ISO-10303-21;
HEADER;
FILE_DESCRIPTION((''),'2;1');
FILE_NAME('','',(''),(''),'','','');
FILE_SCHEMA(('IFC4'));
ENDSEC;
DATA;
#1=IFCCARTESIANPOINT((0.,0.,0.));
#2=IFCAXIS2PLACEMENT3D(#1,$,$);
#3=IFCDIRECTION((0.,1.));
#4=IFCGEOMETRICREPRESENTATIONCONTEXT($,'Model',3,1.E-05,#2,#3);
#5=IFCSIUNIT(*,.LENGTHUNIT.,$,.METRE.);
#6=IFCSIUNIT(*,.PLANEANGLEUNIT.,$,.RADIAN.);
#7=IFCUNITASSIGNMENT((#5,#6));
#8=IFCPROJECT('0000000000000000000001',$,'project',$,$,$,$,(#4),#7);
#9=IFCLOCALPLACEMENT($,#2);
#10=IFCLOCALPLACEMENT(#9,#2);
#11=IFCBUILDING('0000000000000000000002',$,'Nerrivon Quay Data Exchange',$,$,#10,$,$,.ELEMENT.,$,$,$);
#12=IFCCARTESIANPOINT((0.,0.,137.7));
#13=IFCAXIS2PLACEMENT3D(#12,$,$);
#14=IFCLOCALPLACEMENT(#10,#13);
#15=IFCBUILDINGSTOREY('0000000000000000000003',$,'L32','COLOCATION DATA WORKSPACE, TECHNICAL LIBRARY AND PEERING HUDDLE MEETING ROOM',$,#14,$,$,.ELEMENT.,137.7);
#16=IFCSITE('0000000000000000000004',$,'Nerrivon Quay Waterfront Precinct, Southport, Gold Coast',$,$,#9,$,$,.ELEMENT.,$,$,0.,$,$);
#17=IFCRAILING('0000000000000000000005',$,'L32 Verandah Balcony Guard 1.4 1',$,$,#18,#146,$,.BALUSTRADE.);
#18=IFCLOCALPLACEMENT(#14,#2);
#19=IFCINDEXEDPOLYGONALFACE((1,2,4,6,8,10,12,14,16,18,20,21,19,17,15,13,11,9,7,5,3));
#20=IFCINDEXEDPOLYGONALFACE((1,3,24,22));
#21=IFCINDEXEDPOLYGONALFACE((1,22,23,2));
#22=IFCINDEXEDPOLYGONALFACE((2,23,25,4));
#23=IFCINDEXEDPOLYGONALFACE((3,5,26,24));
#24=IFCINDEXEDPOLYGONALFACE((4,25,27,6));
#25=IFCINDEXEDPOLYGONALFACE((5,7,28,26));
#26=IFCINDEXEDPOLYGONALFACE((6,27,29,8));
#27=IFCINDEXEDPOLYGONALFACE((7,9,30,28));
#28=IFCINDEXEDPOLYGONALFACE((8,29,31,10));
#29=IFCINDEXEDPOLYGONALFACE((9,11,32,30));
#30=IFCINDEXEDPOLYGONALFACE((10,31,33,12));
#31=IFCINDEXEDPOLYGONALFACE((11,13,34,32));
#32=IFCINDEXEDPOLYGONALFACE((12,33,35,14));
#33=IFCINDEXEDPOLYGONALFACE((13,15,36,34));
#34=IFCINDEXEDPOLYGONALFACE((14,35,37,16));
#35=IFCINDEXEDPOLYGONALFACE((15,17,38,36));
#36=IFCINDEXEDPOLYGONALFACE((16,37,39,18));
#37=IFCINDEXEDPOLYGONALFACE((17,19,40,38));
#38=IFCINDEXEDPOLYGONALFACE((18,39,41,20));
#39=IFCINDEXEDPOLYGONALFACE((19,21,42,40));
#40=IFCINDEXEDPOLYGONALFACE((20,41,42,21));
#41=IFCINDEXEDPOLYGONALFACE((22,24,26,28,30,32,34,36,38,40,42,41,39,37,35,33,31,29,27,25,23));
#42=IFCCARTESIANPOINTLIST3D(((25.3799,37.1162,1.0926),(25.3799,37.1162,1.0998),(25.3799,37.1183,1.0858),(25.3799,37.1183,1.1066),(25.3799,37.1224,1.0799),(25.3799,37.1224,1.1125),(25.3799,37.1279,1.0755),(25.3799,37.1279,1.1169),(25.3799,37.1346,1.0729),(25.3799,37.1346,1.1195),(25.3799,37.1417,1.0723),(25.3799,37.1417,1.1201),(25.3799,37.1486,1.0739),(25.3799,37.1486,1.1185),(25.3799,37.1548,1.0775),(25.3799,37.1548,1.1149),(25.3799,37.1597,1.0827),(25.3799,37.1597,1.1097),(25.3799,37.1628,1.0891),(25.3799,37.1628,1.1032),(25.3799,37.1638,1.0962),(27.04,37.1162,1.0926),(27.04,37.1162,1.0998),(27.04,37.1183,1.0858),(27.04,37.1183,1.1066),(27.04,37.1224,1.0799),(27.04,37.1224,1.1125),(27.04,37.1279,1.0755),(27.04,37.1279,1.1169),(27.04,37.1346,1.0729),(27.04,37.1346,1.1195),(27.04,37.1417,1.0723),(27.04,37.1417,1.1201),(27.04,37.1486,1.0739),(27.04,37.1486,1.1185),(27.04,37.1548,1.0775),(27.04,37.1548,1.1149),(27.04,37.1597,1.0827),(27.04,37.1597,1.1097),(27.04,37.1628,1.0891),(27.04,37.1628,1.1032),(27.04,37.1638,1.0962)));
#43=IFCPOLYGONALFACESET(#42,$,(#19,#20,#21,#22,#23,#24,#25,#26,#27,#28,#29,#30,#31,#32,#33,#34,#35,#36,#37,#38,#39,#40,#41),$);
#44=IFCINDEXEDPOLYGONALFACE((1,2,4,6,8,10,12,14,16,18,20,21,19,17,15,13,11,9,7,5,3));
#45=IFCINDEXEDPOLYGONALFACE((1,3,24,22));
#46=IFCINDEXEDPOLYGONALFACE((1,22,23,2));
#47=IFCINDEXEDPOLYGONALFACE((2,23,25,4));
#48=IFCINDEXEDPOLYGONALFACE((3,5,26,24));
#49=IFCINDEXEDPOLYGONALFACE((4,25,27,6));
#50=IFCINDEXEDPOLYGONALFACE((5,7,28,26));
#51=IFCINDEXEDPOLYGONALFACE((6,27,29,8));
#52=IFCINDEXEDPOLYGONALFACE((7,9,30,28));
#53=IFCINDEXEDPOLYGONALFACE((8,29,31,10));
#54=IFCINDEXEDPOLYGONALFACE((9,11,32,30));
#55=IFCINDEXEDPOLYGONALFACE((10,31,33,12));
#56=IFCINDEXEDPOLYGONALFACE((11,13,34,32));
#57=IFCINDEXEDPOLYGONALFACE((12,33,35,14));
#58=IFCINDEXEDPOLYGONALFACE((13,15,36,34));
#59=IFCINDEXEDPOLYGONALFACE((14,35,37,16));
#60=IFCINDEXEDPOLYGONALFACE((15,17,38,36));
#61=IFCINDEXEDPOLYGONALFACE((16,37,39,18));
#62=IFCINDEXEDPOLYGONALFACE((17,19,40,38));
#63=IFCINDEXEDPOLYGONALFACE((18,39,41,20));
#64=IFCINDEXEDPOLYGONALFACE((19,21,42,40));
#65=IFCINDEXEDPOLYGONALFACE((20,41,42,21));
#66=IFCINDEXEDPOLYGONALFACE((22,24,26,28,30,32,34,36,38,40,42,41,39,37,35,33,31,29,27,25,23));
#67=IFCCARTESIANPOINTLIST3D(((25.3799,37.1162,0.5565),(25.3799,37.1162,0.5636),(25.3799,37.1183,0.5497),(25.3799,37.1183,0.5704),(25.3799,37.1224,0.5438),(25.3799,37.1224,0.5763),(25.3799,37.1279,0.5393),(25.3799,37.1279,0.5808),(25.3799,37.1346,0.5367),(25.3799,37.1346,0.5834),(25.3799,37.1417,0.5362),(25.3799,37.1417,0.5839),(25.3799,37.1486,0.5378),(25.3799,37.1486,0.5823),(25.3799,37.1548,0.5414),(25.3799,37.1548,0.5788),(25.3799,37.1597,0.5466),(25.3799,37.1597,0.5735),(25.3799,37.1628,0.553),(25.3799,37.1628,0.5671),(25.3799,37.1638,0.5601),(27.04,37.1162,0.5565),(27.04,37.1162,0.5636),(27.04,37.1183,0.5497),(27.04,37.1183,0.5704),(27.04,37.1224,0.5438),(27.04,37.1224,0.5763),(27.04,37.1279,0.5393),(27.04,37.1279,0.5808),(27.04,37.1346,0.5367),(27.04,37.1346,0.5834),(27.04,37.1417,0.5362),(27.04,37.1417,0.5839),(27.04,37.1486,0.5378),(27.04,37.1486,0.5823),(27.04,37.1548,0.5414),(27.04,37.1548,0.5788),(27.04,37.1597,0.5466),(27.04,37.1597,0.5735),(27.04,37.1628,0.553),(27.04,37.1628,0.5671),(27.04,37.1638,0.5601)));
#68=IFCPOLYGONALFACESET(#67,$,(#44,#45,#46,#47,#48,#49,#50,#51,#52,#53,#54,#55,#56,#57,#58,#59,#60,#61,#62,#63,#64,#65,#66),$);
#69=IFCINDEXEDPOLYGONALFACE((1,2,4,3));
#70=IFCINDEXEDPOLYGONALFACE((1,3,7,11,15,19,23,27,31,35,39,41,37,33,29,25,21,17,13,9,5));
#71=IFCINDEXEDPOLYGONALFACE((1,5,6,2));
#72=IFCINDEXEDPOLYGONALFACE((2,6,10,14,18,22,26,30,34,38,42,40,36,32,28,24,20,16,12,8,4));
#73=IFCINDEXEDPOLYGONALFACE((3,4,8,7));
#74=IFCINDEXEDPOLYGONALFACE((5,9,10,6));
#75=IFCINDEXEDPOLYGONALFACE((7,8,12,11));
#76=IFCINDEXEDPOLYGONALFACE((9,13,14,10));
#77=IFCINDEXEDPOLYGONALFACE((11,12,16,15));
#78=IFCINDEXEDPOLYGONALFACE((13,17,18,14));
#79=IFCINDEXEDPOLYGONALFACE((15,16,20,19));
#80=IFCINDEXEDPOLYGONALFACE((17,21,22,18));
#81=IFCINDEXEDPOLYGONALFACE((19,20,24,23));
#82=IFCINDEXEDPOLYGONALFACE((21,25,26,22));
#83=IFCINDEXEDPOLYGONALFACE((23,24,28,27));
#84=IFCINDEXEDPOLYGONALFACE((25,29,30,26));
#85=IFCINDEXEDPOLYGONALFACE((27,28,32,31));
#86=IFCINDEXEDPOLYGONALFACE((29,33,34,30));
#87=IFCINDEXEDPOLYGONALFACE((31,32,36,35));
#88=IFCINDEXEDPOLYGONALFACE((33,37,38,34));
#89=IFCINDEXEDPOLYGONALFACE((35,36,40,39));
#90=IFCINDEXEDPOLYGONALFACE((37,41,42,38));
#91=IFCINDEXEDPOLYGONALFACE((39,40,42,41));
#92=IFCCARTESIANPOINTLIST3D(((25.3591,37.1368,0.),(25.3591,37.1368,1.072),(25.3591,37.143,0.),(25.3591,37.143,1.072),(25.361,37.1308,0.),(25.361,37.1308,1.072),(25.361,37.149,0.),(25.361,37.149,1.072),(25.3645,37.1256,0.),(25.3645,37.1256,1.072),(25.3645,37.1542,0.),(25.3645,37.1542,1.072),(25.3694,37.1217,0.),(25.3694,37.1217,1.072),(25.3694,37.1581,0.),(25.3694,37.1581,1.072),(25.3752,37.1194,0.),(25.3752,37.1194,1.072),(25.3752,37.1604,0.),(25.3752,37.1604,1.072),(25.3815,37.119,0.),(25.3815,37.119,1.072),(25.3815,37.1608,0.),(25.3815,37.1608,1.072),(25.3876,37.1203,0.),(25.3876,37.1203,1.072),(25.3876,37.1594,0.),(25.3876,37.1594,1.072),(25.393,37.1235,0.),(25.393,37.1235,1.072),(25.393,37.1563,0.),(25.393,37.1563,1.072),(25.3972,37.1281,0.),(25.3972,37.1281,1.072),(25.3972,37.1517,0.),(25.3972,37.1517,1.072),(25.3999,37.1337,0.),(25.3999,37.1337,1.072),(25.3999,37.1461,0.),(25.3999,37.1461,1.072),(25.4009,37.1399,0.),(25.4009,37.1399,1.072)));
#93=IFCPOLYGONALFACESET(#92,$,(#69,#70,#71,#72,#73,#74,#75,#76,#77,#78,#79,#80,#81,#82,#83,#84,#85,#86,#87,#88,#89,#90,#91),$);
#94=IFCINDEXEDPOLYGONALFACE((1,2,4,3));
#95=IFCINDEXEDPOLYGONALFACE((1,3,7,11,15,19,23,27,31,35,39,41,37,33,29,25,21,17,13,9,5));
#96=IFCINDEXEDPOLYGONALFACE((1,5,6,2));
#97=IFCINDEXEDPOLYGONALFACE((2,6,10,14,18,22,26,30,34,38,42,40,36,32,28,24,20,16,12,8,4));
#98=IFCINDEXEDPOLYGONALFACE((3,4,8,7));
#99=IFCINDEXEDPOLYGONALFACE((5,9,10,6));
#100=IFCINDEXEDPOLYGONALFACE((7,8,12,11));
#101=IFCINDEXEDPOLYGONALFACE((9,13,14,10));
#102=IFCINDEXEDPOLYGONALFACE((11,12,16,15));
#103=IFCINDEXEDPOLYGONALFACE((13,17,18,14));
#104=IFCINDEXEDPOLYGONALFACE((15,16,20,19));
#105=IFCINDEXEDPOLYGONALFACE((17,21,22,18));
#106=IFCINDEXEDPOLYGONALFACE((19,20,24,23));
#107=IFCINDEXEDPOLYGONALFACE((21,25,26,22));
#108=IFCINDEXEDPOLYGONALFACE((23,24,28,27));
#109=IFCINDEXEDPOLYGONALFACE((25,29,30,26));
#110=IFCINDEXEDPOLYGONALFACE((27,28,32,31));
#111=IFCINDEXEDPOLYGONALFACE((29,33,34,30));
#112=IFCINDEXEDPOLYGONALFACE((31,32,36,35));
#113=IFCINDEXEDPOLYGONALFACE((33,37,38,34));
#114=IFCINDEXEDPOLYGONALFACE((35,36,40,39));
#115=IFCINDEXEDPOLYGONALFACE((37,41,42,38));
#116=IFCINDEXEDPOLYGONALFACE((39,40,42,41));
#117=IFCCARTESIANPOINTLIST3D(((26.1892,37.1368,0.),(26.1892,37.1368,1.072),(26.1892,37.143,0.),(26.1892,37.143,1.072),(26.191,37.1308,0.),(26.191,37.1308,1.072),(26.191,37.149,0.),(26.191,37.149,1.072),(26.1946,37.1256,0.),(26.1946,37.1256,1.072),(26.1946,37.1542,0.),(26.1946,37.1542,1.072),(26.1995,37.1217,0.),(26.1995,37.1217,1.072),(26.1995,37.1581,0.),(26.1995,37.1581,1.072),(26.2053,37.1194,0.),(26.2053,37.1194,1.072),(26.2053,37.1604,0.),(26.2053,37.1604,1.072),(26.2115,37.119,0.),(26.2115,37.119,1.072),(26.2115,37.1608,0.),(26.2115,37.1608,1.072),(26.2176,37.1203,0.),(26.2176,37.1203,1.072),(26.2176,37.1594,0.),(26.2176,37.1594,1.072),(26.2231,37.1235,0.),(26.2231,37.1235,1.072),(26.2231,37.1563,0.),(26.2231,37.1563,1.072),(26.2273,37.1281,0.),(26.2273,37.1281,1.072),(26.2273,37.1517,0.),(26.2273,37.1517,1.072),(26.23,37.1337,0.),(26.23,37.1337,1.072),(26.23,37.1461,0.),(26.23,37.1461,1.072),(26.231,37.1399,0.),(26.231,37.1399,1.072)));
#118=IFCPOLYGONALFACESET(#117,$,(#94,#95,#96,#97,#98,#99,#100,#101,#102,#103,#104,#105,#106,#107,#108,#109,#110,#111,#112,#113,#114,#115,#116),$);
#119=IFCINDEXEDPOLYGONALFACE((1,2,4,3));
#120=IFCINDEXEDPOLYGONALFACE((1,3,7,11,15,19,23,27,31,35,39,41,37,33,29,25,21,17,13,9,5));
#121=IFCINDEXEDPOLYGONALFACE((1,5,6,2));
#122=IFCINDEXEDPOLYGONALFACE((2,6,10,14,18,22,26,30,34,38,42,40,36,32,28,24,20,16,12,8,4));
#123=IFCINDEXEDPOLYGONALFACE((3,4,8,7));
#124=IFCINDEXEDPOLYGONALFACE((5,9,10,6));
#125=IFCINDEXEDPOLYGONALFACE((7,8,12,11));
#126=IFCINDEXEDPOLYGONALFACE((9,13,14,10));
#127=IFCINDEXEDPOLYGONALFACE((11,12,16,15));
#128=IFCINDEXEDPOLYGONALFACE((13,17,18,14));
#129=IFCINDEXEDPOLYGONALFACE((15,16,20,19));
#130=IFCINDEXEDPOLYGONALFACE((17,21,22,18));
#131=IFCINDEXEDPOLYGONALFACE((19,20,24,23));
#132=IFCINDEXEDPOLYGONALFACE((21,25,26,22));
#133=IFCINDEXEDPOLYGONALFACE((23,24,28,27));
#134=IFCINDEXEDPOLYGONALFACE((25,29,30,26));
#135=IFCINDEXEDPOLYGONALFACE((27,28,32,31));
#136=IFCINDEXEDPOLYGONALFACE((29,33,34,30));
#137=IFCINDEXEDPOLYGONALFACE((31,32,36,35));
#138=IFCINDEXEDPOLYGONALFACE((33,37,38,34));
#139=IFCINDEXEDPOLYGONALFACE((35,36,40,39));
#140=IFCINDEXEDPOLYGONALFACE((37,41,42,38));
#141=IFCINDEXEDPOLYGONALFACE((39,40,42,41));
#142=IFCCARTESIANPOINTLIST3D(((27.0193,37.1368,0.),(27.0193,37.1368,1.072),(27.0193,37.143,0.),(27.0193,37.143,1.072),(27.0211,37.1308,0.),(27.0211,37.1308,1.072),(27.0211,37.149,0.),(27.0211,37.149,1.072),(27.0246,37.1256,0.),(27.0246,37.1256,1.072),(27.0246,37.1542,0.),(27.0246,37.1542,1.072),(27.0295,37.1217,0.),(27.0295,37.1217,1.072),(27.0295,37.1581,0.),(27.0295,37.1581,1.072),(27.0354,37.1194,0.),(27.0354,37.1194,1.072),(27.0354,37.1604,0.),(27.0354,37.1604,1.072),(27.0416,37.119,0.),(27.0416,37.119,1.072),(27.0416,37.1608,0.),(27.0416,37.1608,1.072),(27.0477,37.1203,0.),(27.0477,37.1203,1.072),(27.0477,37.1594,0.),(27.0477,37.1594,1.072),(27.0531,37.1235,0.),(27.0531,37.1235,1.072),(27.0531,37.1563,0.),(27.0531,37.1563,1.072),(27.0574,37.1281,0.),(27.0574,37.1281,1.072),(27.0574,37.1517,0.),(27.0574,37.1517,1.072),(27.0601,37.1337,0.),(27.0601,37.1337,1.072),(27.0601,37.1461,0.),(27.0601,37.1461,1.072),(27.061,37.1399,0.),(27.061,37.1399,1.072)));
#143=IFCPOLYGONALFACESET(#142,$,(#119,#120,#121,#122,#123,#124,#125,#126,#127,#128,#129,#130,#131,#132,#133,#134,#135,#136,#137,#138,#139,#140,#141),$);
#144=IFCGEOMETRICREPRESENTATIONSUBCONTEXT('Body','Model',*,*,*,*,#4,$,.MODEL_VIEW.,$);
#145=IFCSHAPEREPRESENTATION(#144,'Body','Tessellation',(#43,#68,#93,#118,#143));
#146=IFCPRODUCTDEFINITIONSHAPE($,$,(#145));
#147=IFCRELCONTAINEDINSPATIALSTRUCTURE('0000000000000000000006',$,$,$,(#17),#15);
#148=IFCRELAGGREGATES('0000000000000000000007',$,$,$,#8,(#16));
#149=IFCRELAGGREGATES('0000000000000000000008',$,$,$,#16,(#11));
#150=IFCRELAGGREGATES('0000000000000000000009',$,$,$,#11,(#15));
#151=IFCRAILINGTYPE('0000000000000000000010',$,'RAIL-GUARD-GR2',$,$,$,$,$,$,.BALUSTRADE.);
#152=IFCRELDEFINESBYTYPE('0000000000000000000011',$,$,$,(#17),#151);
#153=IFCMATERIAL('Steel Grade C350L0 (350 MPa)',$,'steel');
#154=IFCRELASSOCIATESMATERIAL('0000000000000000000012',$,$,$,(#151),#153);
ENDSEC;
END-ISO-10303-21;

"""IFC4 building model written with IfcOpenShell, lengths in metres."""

from ifc_helpers import new_model, si_unit, direction, frame, origin, origin_2d, place, context, subcontext, project, spatial, circle, extrude, material, type_object, element, save


model = new_model("IFC4")

# Units and contexts
model_context = context("Model", 3, precision=1e-05, world=origin(), true_north=direction((0.0, 1.0)))
body_context = subcontext(model_context, "Body", "Model", "MODEL_VIEW")
ifc_project = project(units=[si_unit("LENGTHUNIT", "METRE"), si_unit("PLANEANGLEUNIT", "RADIAN")], contexts=[model_context])

# Site, building, storey
site_placement = place(None, origin())
site = spatial("IfcSite", under=ifc_project, at=site_placement, Name="Nerrivon Quay Waterfront Precinct, Southport, Gold Coast", CompositionType="ELEMENT", RefElevation=0.0)
building_placement = place(site_placement, origin())
building = spatial("IfcBuilding", under=site, at=building_placement, Name="Nerrivon Quay Data Exchange", CompositionType="ELEMENT")
storey_placement = place(building_placement, frame((0.0, 0.0, 137.7)))
storey = spatial("IfcBuildingStorey", under=building, at=storey_placement, Name="L32", Description="COLOCATION DATA WORKSPACE, TECHNICAL LIBRARY AND PEERING HUDDLE MEETING ROOM", CompositionType="ELEMENT", Elevation=137.7)

# Railing
ifc_material_1 = material(Name="Steel Grade C350L0 (350 MPa)", Category="steel")
railing_type = type_object("IfcRailingType", Name="RAIL-GUARD-GR2", PredefinedType="BALUSTRADE", material=ifc_material_1)
railing_1_placement = place(storey_placement, frame((25.3799, 37.1399, 0.0)))
element("IfcRailing", 1, at=railing_1_placement, inside=storey, type_object=railing_type, Name="L32 Verandah Balcony Guard 1.4 1", PredefinedType="BALUSTRADE", context=body_context, shape_type="SweptSolid", body=[
    extrude(circle(Radius=0.0239, at=origin_2d()), frame((0.0, 0.0, 1.0962), z_axis=(1.0, 0.0, 0.0), x_axis=(0.0, 1.0, 0.0)), (0.0, 0.0, 1.0), 1.6602),
    extrude(circle(Radius=0.0239, at=origin_2d()), frame((0.0, 0.0, 0.5601), z_axis=(1.0, 0.0, 0.0), x_axis=(0.0, 1.0, 0.0)), (0.0, 0.0, 1.0), 1.6602),
    extrude(circle(Radius=0.021, at=origin_2d()), origin(), (0.0, 0.0, 1.0), 1.072),
    extrude(circle(Radius=0.021, at=origin_2d()), frame((0.8301, 0.0, 0.0)), (0.0, 0.0, 1.0), 1.072),
    extrude(circle(Radius=0.021, at=origin_2d()), frame((1.6602, 0.0, 0.0)), (0.0, 0.0, 1.0), 1.072),
])

save(model, "model.ifc")
